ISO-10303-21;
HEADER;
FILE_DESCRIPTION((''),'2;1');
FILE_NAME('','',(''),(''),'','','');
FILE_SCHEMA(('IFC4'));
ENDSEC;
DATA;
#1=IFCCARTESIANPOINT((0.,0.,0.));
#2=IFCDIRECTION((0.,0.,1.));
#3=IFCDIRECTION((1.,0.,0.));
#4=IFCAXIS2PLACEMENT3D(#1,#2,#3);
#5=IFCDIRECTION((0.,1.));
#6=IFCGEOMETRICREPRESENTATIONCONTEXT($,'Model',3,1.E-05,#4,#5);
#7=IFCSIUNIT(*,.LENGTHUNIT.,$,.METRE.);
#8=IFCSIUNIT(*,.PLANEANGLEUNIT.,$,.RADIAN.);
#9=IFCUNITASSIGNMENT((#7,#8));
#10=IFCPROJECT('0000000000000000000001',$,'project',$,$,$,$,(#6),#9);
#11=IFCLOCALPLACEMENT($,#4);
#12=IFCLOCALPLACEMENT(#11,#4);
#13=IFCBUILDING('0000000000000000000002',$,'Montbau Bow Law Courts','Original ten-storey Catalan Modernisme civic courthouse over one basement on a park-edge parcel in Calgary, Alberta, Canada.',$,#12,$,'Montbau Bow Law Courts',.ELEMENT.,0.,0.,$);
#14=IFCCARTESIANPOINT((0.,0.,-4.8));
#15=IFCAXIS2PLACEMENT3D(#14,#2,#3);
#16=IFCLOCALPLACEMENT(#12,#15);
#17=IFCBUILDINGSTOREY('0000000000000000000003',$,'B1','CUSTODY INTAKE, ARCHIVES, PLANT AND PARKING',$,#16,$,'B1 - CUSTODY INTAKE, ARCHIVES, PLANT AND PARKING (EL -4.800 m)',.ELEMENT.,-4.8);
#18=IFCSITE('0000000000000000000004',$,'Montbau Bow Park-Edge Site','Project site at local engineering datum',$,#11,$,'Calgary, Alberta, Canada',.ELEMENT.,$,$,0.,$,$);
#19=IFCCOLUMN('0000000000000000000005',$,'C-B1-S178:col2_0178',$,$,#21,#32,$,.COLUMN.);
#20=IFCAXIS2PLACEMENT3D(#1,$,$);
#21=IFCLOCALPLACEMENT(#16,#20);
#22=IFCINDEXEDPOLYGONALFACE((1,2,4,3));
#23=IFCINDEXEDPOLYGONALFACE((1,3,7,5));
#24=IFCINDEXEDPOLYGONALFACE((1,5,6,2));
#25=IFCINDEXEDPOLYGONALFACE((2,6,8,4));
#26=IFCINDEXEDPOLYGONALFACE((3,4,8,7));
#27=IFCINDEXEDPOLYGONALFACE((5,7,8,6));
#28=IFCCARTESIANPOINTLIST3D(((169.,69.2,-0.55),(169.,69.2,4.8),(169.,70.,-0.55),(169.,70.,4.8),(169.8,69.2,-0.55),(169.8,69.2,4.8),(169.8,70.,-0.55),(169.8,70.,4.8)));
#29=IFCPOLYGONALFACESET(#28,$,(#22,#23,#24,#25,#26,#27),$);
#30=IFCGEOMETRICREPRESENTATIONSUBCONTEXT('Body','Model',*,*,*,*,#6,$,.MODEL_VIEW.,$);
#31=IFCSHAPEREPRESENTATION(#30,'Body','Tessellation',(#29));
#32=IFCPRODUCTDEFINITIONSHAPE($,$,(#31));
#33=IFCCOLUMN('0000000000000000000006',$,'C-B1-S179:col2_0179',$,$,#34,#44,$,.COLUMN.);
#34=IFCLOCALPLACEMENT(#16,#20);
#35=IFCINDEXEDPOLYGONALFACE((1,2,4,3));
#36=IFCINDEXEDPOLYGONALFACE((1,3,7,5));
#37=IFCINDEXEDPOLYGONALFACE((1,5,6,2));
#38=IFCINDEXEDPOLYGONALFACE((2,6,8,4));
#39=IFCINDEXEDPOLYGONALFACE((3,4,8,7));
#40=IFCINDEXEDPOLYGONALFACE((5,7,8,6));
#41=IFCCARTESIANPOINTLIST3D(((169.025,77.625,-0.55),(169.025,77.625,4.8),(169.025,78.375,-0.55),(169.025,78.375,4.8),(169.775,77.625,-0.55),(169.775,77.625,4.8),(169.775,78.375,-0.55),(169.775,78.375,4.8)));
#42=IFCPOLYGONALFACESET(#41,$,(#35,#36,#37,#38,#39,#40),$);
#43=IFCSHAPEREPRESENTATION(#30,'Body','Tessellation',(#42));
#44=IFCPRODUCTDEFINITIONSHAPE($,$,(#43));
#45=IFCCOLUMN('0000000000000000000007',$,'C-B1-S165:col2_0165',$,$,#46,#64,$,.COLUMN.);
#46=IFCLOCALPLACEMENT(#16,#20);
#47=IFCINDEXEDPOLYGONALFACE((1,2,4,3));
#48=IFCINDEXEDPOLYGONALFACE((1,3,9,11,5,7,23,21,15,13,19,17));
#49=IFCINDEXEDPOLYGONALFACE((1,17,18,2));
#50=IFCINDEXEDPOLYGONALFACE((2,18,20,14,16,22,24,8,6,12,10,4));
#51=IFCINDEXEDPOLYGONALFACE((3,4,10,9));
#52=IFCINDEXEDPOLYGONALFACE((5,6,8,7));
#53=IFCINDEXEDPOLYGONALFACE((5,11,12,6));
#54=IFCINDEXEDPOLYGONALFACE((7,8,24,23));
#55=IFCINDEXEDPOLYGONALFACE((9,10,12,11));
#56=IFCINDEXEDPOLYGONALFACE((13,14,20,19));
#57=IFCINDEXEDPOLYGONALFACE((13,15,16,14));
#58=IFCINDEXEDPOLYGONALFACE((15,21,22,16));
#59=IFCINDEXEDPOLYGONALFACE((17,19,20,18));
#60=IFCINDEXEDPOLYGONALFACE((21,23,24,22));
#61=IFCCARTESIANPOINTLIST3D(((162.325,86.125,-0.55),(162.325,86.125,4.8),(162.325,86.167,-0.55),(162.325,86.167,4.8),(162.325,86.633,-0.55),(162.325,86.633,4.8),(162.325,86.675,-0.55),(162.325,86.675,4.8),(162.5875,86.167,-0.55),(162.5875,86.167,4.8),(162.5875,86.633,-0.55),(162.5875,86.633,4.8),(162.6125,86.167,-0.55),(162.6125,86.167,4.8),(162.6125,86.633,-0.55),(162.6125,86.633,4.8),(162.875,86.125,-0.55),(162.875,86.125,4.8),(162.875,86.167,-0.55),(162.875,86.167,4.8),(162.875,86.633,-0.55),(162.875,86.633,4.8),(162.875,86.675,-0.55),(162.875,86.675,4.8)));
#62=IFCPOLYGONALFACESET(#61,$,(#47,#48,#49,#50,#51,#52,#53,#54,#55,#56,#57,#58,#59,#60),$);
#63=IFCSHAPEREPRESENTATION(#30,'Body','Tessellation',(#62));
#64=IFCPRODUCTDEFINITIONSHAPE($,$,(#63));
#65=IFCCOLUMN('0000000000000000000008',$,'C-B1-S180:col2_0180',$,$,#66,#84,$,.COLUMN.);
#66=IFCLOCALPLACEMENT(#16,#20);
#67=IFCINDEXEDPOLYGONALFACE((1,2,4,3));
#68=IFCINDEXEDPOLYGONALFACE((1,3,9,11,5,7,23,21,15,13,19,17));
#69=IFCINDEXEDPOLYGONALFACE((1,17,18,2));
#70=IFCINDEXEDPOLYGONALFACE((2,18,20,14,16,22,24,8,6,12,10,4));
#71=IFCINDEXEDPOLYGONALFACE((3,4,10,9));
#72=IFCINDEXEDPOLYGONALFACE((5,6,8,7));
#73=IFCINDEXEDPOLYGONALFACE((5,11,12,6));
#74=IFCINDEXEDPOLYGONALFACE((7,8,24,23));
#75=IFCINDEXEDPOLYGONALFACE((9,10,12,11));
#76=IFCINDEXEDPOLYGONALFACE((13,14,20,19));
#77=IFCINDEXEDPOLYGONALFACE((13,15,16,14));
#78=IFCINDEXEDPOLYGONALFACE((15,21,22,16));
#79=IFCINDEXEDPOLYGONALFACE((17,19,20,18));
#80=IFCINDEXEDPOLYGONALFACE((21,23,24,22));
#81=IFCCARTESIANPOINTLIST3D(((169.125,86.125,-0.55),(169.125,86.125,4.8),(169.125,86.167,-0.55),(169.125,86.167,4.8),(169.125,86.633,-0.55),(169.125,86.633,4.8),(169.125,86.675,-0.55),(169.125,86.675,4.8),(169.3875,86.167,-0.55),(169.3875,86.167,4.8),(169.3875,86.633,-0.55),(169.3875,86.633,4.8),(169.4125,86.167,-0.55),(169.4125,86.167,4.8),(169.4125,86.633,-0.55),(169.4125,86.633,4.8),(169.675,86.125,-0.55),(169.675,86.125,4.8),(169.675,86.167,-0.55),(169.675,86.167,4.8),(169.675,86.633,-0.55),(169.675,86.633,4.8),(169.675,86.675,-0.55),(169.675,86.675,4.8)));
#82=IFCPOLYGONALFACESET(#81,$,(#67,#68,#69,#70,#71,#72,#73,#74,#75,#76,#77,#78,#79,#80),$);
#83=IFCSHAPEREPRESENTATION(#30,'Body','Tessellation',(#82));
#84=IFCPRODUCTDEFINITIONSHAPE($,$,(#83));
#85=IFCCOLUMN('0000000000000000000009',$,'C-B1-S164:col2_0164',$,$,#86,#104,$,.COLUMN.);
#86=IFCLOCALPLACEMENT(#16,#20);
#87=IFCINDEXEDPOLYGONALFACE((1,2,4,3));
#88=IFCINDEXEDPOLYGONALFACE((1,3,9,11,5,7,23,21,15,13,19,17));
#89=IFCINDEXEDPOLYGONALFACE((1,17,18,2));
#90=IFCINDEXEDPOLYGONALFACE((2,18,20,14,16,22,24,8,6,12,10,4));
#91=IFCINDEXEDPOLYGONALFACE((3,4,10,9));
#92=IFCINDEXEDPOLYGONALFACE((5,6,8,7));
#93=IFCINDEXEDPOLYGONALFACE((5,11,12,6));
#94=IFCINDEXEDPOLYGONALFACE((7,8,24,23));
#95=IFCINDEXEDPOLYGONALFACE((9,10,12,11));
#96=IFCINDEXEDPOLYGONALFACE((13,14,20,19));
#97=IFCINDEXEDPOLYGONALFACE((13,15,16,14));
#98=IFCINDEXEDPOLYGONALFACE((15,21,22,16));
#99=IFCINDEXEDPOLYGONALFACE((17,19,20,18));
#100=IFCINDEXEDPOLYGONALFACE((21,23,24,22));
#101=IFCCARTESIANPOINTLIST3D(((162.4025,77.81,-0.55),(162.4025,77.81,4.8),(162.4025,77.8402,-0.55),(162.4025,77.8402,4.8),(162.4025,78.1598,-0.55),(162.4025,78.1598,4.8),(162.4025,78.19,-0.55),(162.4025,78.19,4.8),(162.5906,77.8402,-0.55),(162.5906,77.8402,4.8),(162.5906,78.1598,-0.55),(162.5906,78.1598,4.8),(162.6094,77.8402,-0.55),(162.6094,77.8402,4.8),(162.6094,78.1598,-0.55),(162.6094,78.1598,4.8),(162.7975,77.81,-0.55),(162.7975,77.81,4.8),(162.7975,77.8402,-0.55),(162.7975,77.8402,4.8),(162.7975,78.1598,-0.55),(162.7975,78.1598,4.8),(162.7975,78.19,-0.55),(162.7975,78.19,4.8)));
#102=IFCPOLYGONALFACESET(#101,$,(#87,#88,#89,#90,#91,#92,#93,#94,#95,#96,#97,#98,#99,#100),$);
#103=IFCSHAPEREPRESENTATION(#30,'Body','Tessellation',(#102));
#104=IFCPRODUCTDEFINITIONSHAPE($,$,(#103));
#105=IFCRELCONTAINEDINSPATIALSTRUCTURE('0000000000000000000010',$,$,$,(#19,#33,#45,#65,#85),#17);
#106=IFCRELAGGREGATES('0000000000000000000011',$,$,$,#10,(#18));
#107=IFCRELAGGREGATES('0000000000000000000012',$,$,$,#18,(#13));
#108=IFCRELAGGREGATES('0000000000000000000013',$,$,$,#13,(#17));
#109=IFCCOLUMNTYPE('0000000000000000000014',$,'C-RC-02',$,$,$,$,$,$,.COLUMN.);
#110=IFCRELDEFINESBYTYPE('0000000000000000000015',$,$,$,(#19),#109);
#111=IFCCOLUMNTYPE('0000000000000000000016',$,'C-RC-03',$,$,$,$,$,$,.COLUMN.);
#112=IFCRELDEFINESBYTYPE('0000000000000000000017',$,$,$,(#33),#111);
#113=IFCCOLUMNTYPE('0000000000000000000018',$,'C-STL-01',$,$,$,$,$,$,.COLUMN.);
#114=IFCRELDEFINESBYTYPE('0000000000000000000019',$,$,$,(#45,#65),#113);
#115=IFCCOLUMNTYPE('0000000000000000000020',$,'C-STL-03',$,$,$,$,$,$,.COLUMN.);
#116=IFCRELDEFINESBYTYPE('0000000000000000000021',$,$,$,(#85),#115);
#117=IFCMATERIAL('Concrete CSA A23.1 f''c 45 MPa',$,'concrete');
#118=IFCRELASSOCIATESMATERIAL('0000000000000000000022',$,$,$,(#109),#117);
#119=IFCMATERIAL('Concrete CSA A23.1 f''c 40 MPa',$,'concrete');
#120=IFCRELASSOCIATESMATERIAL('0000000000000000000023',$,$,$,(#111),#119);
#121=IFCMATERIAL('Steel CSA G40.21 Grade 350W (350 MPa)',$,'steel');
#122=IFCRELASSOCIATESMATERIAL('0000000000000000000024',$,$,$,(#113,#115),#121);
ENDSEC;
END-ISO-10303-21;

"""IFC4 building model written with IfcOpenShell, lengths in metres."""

from ifc_helpers import new_model, si_unit, direction, frame, origin_with_axes, origin_2d_with_axis, place, context, subcontext, project, spatial, rectangle, i_section, extrude, material, material_profile, profile_set, type_object, element, save


model = new_model("IFC4")

# Units and contexts
model_context = context("Model", 3, precision=1e-05, world=origin_with_axes(), true_north=direction((0.0, 1.0)))
body_context = subcontext(model_context, "Body", "Model", "MODEL_VIEW")
ifc_project = project(units=[si_unit("LENGTHUNIT", "METRE"), si_unit("PLANEANGLEUNIT", "RADIAN")], contexts=[model_context])

# Site, building, storey
site_placement = place(None, origin_with_axes())
site = spatial("IfcSite", under=ifc_project, at=site_placement, Name="Montbau Bow Park-Edge Site", Description="Project site at local engineering datum", LongName="Calgary, Alberta, Canada", CompositionType="ELEMENT", RefElevation=0.0)
building_placement = place(site_placement, origin_with_axes())
building = spatial("IfcBuilding", under=site, at=building_placement, Name="Montbau Bow Law Courts", Description="Original ten-storey Catalan Modernisme civic courthouse over one basement on a park-edge parcel in Calgary, Alberta, Canada.", LongName="Montbau Bow Law Courts", CompositionType="ELEMENT", ElevationOfRefHeight=0.0, ElevationOfTerrain=0.0)
storey_placement = place(building_placement, frame((0.0, 0.0, -4.8), z_axis=(0.0, 0.0, 1.0), x_axis=(1.0, 0.0, 0.0)))
storey = spatial("IfcBuildingStorey", under=building, at=storey_placement, Name="B1", Description="CUSTODY INTAKE, ARCHIVES, PLANT AND PARKING", LongName="B1 - CUSTODY INTAKE, ARCHIVES, PLANT AND PARKING (EL -4.800 m)", CompositionType="ELEMENT", Elevation=-4.8)

# Shared definitions
ifc_material_1 = material(Name="Concrete CSA A23.1 f'c 40 MPa", Category="concrete")

# Columns
ifc_material_2 = material(Name="Concrete CSA A23.1 f'c 45 MPa", Category="concrete")
ifc_material_profile_1 = material_profile(ifc_material_2, rectangle(XDim=0.8, YDim=0.8, at=origin_2d_with_axis()), Name="RC800X800", Category="Main", Priority=0)
ifc_profile_set_1 = profile_set([ifc_material_profile_1], Name="Concrete CSA A23.1 f'c 45 MPa")
column_type_1 = type_object("IfcColumnType", Name="C-RC-02", PredefinedType="COLUMN", material=ifc_profile_set_1)
column_1_placement = place(None, frame((169.4, 69.6, -5.35), z_axis=(0.0, 0.0, 1.0), x_axis=(1.0, 0.0, 0.0)))
element("IfcColumn", 1, at=column_1_placement, inside=storey, type_object=column_type_1, Name="C-B1-S178:col2_0178", PredefinedType="COLUMN", context=body_context, shape_type="SweptSolid", body=[
    extrude(rectangle(XDim=0.8, YDim=0.8, at=origin_2d_with_axis()), origin_with_axes(), (0.0, 0.0, 1.0), 5.35),
])
ifc_material_profile_2 = material_profile(ifc_material_1, rectangle(XDim=0.75, YDim=0.75, at=origin_2d_with_axis()), Name="RC750X750", Category="Main", Priority=0)
ifc_profile_set_2 = profile_set([ifc_material_profile_2], Name="Concrete CSA A23.1 f'c 40 MPa")
column_type_2 = type_object("IfcColumnType", Name="C-RC-03", PredefinedType="COLUMN", material=ifc_profile_set_2)
column_2_placement = place(None, frame((169.4, 78.0, -5.35), z_axis=(0.0, 0.0, 1.0), x_axis=(1.0, 0.0, 0.0)))
element("IfcColumn", 2, at=column_2_placement, inside=storey, type_object=column_type_2, Name="C-B1-S179:col2_0179", PredefinedType="COLUMN", context=body_context, shape_type="SweptSolid", body=[
    extrude(rectangle(XDim=0.75, YDim=0.75, at=origin_2d_with_axis()), origin_with_axes(), (0.0, 0.0, 1.0), 5.35),
])
ifc_material_3 = material(Name="Steel CSA G40.21 Grade 350W (350 MPa)", Category="steel")
ifc_material_profile_3 = material_profile(ifc_material_3, i_section(OverallWidth=0.55, OverallDepth=0.55, WebThickness=0.025, FlangeThickness=0.042, at=origin_2d_with_axis()), Name="WWF550X420", Category="Main", Priority=0)
ifc_profile_set_3 = profile_set([ifc_material_profile_3], Name="Steel CSA G40.21 Grade 350W (350 MPa)")
column_type_3 = type_object("IfcColumnType", Name="C-STL-01", PredefinedType="COLUMN", material=ifc_profile_set_3)
for number, where, z_axis, x_axis, name in (
    (3, (162.6, 86.4, -5.35), (0.0, 0.0, 1.0), (1.0, 0.0, 0.0), "C-B1-S165:col2_0165"),
    (4, (169.4, 86.4, -5.35), (0.0, 0.0, 1.0), (1.0, 0.0, 0.0), "C-B1-S180:col2_0180"),
):
    element("IfcColumn", number, at=place(None, frame(where, z_axis=z_axis, x_axis=x_axis)), inside=storey, type_object=column_type_3, Name=name, PredefinedType="COLUMN", context=body_context, shape_type="SweptSolid", body=[
        extrude(i_section(OverallWidth=0.55, OverallDepth=0.55, WebThickness=0.025, FlangeThickness=0.042, at=origin_2d_with_axis()), origin_with_axes(), (0.0, 0.0, 1.0), 5.35),
    ])
ifc_material_profile_4 = material_profile(ifc_material_3, i_section(OverallWidth=0.395, OverallDepth=0.38, WebThickness=0.0189, FlangeThickness=0.0302, at=origin_2d_with_axis()), Name="W360X237", Category="Main", Priority=0)
ifc_profile_set_4 = profile_set([ifc_material_profile_4], Name="Steel CSA G40.21 Grade 350W (350 MPa)")
column_type_4 = type_object("IfcColumnType", Name="C-STL-03", PredefinedType="COLUMN", material=ifc_profile_set_4)
column_3_placement = place(None, frame((162.6, 78.0, -5.35), z_axis=(0.0, 0.0, 1.0), x_axis=(1.0, 0.0, 0.0)))
element("IfcColumn", 5, at=column_3_placement, inside=storey, type_object=column_type_4, Name="C-B1-S164:col2_0164", PredefinedType="COLUMN", context=body_context, shape_type="SweptSolid", body=[
    extrude(i_section(OverallWidth=0.395, OverallDepth=0.38, WebThickness=0.0189, FlangeThickness=0.0302, at=origin_2d_with_axis()), origin_with_axes(), (0.0, 0.0, 1.0), 5.35),
])

save(model, "model.ifc")
